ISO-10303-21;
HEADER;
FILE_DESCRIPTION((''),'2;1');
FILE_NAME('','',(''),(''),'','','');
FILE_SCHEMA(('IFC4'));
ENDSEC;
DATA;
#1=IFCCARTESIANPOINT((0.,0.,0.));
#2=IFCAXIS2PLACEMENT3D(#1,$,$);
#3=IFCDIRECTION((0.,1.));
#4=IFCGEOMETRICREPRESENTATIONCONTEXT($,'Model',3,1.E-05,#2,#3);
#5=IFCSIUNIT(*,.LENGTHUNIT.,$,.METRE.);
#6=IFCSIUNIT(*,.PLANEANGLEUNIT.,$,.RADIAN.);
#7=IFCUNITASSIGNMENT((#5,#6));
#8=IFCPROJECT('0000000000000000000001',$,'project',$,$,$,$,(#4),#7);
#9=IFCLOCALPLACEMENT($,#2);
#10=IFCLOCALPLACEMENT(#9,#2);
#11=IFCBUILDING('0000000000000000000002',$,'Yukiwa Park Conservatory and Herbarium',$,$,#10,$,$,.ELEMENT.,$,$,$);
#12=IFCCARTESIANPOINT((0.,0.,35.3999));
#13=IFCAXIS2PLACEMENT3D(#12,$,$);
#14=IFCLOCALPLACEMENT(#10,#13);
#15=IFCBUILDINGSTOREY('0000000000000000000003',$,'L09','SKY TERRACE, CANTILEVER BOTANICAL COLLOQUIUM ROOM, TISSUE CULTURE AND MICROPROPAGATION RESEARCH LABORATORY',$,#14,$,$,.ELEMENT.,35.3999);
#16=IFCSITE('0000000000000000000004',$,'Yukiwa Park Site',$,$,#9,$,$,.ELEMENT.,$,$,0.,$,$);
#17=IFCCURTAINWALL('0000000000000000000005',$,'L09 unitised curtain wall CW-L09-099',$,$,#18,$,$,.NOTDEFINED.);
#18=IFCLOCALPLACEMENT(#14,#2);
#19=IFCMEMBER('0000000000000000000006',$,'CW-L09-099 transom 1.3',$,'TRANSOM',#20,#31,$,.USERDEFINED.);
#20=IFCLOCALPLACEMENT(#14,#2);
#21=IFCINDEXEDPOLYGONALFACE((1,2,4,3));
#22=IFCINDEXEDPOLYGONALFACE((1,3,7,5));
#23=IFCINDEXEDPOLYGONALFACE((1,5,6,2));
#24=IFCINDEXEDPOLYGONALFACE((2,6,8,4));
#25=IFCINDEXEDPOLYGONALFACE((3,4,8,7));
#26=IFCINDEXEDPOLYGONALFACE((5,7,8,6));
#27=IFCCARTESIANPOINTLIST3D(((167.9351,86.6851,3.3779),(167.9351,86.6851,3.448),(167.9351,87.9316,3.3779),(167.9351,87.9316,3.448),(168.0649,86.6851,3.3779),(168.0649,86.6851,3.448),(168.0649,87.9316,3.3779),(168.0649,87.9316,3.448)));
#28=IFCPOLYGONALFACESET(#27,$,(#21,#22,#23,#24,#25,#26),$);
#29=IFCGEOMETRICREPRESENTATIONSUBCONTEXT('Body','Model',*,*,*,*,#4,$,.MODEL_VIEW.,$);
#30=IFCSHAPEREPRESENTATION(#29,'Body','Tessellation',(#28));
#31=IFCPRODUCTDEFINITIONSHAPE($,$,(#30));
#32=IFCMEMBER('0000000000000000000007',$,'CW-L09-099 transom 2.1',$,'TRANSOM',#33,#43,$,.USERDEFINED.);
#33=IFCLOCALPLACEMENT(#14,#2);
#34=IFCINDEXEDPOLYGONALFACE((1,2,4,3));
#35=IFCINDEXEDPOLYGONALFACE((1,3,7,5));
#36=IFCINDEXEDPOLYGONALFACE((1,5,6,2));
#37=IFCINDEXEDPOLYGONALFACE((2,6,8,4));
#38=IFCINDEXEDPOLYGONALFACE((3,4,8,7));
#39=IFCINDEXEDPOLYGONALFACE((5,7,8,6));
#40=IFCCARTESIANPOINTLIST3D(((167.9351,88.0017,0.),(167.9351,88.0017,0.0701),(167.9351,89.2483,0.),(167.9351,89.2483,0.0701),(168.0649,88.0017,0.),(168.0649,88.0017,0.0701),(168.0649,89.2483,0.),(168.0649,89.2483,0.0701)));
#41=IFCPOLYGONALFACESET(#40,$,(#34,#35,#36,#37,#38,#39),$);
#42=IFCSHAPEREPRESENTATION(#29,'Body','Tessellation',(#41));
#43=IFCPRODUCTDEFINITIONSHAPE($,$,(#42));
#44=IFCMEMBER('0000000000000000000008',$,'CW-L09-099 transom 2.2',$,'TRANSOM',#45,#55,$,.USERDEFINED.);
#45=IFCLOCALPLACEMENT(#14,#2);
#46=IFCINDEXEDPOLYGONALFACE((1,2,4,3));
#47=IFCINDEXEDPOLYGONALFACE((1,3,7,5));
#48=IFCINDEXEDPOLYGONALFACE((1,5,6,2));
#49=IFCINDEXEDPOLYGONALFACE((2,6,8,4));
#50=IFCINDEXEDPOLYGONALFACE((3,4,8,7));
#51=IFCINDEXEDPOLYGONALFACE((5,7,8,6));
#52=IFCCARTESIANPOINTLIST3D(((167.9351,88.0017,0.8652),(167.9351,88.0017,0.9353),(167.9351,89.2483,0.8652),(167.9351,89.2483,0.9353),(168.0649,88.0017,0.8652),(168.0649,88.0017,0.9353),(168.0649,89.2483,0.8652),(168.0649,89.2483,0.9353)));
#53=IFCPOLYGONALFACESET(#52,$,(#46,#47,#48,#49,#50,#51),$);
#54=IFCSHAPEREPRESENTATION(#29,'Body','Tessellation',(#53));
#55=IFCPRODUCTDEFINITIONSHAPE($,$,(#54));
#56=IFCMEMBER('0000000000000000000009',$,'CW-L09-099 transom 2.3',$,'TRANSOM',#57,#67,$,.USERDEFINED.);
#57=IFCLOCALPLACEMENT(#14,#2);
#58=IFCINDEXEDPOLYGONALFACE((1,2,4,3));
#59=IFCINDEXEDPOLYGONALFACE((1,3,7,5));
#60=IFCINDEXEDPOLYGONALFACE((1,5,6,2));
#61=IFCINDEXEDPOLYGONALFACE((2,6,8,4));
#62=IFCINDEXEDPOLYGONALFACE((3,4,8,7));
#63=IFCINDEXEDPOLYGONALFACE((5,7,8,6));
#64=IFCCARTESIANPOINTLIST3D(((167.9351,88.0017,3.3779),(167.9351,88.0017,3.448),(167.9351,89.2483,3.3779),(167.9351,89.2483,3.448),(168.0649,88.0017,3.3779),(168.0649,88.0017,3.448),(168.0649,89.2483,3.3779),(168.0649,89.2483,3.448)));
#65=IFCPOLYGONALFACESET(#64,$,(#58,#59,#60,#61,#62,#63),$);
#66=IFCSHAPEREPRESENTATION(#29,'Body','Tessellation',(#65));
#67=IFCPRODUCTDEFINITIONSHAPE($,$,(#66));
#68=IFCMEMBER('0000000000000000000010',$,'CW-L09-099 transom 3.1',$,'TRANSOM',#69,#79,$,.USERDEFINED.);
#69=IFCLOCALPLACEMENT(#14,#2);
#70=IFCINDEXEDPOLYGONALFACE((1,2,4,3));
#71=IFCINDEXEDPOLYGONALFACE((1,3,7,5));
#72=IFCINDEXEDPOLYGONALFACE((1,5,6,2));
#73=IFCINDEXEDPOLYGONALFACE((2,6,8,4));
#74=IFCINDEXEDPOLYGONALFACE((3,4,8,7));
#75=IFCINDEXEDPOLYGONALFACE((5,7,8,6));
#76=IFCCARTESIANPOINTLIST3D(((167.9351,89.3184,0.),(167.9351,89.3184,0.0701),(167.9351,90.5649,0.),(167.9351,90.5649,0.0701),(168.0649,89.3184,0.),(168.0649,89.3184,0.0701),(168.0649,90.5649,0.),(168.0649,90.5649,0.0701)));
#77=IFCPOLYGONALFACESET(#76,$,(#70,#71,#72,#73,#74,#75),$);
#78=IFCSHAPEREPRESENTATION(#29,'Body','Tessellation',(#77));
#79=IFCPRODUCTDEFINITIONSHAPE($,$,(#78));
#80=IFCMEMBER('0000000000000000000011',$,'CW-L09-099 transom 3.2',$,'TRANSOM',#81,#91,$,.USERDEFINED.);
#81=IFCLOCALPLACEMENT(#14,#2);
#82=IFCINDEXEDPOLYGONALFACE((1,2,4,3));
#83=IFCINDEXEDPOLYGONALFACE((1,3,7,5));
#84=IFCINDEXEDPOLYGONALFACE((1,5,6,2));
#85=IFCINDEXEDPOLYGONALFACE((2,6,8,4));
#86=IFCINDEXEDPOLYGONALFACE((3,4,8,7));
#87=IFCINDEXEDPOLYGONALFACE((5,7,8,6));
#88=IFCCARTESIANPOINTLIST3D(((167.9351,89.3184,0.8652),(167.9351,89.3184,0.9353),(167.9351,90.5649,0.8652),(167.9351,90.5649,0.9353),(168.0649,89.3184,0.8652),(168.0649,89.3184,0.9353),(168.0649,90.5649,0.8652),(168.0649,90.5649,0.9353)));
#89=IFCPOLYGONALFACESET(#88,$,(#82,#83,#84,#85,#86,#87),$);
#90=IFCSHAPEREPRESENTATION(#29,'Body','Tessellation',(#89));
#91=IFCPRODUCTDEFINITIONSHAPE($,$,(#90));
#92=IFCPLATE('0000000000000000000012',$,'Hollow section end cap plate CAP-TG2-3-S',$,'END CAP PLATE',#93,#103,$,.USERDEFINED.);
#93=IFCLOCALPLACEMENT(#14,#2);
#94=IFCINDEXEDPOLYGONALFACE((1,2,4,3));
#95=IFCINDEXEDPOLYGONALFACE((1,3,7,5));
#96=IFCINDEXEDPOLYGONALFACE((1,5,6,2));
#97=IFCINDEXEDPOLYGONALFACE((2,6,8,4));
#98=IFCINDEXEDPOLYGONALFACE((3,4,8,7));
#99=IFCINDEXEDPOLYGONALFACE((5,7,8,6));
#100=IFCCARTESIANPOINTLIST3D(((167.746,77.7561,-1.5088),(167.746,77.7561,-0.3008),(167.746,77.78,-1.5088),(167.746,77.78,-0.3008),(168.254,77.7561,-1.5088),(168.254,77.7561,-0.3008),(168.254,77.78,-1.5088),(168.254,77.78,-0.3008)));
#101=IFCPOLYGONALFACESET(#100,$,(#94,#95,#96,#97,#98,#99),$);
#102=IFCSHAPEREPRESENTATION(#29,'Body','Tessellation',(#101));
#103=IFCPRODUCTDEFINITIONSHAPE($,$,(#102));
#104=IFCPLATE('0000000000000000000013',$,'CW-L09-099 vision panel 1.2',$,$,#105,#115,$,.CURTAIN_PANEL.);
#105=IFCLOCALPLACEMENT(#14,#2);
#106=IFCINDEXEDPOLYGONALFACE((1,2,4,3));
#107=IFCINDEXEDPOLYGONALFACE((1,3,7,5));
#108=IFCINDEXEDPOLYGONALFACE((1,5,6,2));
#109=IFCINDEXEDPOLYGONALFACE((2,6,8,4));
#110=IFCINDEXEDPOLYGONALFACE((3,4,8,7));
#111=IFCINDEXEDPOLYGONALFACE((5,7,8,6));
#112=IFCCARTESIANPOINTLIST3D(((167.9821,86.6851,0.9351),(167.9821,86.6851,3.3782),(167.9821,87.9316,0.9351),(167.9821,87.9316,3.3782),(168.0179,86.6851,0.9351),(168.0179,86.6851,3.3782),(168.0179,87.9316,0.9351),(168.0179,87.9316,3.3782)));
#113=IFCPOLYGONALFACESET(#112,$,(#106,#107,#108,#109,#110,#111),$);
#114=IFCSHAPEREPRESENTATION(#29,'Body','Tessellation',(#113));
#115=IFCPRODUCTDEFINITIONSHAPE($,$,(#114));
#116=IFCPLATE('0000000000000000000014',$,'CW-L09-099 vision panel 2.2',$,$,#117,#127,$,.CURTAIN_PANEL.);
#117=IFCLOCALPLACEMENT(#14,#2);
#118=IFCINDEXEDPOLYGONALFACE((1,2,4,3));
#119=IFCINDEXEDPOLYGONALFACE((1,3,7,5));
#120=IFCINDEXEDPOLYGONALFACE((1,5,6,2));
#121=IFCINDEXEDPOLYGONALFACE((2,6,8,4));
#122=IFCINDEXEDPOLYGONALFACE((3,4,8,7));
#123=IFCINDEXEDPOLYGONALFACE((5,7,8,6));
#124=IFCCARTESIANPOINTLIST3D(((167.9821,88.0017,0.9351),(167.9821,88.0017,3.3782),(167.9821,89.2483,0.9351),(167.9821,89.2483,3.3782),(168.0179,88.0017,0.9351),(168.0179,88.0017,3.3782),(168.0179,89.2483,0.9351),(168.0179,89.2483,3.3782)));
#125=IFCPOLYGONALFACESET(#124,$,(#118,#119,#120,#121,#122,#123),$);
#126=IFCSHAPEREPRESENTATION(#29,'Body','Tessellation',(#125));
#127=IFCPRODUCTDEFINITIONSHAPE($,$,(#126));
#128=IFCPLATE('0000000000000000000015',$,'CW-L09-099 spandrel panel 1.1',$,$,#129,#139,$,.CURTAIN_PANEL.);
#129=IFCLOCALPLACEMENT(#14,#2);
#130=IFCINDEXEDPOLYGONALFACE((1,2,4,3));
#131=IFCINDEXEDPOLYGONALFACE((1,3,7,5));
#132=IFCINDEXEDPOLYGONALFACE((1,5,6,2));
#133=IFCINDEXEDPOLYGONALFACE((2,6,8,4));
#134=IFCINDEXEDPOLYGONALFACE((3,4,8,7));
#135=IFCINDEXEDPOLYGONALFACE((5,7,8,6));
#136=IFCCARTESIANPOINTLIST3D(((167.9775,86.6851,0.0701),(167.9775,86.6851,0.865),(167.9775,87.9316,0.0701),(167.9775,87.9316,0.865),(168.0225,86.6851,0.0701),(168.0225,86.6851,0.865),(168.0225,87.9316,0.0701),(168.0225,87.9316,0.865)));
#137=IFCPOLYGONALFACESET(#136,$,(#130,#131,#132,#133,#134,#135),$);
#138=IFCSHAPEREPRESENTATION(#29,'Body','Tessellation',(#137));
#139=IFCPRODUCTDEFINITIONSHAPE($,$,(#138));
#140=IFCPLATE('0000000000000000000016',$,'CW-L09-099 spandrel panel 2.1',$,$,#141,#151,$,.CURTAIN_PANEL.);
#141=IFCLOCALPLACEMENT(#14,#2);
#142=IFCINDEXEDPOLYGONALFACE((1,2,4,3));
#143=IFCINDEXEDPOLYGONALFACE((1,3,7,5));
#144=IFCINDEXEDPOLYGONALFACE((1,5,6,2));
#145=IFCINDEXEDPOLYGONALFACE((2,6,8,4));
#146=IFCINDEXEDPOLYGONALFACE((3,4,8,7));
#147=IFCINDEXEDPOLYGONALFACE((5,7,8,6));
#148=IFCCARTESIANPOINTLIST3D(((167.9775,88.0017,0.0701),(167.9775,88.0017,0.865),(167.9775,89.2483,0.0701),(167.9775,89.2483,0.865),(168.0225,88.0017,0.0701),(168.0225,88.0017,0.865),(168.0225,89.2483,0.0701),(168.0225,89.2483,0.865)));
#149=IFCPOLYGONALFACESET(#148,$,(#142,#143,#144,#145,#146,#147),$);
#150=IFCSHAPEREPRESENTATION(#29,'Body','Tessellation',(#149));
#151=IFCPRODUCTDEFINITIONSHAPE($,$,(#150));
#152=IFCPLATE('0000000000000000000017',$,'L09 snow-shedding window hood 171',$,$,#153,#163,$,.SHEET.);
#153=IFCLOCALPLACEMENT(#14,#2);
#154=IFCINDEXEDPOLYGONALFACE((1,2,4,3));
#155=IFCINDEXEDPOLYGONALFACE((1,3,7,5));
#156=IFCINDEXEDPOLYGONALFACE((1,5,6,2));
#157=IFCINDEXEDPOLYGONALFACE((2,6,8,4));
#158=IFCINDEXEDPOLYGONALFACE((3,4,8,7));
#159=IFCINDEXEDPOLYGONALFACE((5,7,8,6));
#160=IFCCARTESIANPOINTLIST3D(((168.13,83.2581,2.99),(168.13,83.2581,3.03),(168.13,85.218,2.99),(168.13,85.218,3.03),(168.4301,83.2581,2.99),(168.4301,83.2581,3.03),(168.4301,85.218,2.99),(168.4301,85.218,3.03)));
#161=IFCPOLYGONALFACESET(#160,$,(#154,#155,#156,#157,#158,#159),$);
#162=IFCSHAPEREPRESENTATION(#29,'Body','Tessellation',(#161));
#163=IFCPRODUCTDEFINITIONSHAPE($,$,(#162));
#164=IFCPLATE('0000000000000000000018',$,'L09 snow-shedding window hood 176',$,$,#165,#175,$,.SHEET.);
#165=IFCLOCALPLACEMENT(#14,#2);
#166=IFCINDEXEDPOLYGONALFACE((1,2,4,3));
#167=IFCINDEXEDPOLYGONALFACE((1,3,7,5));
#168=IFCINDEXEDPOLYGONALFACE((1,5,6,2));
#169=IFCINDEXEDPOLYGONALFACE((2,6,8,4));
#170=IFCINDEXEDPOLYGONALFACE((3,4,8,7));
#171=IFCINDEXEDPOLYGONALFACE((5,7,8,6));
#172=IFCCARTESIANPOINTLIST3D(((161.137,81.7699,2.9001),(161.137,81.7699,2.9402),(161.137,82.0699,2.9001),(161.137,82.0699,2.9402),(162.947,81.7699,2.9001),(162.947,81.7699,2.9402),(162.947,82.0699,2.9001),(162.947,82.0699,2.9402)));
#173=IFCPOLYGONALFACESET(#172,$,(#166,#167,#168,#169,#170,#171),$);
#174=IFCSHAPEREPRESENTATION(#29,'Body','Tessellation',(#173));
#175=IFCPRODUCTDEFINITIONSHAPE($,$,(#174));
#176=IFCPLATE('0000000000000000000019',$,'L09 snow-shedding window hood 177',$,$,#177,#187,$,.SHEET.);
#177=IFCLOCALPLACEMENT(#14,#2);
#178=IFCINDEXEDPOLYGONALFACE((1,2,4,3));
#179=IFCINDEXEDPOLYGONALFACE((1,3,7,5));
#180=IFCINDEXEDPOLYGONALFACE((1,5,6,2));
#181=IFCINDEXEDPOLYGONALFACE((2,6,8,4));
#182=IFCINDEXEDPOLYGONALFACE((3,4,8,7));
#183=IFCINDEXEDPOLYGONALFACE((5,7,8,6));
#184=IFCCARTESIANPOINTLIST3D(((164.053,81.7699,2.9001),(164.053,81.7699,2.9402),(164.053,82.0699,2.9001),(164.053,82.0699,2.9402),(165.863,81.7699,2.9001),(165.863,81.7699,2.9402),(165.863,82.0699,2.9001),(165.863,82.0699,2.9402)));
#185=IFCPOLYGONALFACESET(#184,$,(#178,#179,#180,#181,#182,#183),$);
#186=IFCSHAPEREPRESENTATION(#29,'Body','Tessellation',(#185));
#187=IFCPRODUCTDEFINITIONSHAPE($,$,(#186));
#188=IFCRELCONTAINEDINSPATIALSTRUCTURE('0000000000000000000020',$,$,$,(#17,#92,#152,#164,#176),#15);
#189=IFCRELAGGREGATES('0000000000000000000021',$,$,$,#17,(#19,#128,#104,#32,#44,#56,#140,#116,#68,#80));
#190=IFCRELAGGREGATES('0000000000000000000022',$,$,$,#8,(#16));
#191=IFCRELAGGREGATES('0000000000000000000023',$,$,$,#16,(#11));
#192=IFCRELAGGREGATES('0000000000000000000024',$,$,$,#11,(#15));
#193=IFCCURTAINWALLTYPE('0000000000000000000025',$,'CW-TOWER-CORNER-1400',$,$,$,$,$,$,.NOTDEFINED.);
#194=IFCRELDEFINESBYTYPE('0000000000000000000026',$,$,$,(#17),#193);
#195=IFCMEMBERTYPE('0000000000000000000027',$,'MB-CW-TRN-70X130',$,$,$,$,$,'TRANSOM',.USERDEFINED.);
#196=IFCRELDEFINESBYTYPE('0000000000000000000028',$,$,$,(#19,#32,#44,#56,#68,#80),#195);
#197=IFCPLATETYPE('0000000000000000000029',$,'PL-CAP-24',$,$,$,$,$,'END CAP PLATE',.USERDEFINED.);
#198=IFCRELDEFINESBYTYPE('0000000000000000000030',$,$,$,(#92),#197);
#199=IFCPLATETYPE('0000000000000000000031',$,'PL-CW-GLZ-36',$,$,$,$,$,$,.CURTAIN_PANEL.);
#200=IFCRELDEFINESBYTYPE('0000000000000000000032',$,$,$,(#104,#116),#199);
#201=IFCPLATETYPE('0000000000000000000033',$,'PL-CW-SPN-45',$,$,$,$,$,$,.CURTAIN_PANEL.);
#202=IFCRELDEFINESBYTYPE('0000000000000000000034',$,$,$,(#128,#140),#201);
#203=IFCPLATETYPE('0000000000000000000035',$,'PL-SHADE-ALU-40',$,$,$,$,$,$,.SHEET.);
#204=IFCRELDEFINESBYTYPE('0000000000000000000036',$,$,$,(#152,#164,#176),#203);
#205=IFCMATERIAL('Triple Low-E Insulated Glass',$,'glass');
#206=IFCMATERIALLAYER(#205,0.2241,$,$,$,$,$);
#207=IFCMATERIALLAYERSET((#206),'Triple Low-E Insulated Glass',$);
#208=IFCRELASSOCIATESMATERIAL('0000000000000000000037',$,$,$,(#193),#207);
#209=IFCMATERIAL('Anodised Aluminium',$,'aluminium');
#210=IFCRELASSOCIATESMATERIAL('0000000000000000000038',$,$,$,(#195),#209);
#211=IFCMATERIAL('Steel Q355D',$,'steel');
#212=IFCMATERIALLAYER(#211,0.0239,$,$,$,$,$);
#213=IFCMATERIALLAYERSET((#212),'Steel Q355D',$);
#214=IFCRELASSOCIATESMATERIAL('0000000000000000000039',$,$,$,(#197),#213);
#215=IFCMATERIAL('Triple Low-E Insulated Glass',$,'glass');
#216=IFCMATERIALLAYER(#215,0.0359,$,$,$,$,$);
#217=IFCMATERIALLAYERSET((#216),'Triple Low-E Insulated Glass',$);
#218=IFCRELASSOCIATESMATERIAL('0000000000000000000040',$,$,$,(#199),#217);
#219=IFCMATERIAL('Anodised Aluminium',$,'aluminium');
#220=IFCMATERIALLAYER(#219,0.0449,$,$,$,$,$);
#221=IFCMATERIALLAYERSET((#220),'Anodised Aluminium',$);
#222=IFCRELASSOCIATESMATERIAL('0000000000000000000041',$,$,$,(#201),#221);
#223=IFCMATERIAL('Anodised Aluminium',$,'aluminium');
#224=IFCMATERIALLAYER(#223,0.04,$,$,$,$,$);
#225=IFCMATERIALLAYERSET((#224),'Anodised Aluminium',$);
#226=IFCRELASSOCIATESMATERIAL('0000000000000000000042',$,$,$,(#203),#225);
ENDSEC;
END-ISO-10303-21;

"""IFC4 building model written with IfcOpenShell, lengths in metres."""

from ifc_helpers import new_model, si_unit, direction, frame, origin, origin_2d, place, context, subcontext, project, spatial, rectangle, extrude, material, layer, layer_set, type_object, element, aggregate, save


model = new_model("IFC4")

# Units and contexts
model_context = context("Model", 3, precision=1e-05, world=origin(), true_north=direction((0.0, 1.0)))
body_context = subcontext(model_context, "Body", "Model", "MODEL_VIEW")
ifc_project = project(units=[si_unit("LENGTHUNIT", "METRE"), si_unit("PLANEANGLEUNIT", "RADIAN")], contexts=[model_context])

# Site, building, storey
site_placement = place(None, origin())
site = spatial("IfcSite", under=ifc_project, at=site_placement, Name="Yukiwa Park Site", CompositionType="ELEMENT", RefElevation=0.0)
building_placement = place(site_placement, origin())
building = spatial("IfcBuilding", under=site, at=building_placement, Name="Yukiwa Park Conservatory and Herbarium", CompositionType="ELEMENT")
storey_placement = place(building_placement, frame((0.0, 0.0, 35.3999)))
storey = spatial("IfcBuildingStorey", under=building, at=storey_placement, Name="L09", Description="SKY TERRACE, CANTILEVER BOTANICAL COLLOQUIUM ROOM, TISSUE CULTURE AND MICROPROPAGATION RESEARCH LABORATORY", CompositionType="ELEMENT", Elevation=35.3999)

# Curtain wall, members
ifc_material_1 = material(Name="Triple Low-E Insulated Glass", Category="glass")
ifc_layer_1 = layer(ifc_material_1, 0.2241)
ifc_layer_set_1 = layer_set([ifc_layer_1], Name="Triple Low-E Insulated Glass")
curtain_wall_type = type_object("IfcCurtainWallType", Name="CW-TOWER-CORNER-1400", PredefinedType="NOTDEFINED", material=ifc_layer_set_1)
curtain_wall_placement = place(storey_placement, origin())
curtain_wall = element("IfcCurtainWall", 1, at=curtain_wall_placement, inside=storey, type_object=curtain_wall_type, Name="L09 unitised curtain wall CW-L09-099", PredefinedType="NOTDEFINED")
ifc_material_2 = material(Name="Anodised Aluminium", Category="aluminium")
member_type_1 = type_object("IfcMemberType", Name="MB-CW-TRN-70X130", ElementType="TRANSOM", PredefinedType="USERDEFINED", material=ifc_material_2)
member_1_placement = place(storey_placement, frame((168.0, 87.3083, 3.3779), z_axis=(0.0, 0.0, 1.0), x_axis=(0.0, 1.0, 0.0)))
member_1 = element("IfcMember", 2, at=member_1_placement, type_object=member_type_1, Name="CW-L09-099 transom 1.3", ObjectType="TRANSOM", PredefinedType="USERDEFINED", context=body_context, shape_type="SweptSolid", body=[
    extrude(rectangle(XDim=1.2466, YDim=0.1299, at=origin_2d()), origin(), (0.0, 0.0, 1.0), 0.0701),
])
member_2_placement = place(storey_placement, frame((168.0, 88.625, 0.0), z_axis=(0.0, 0.0, 1.0), x_axis=(0.0, 1.0, 0.0)))
member_2 = element("IfcMember", 3, at=member_2_placement, type_object=member_type_1, Name="CW-L09-099 transom 2.1", ObjectType="TRANSOM", PredefinedType="USERDEFINED", context=body_context, shape_type="SweptSolid", body=[
    extrude(rectangle(XDim=1.2466, YDim=0.1299, at=origin_2d()), origin(), (0.0, 0.0, 1.0), 0.0701),
])
member_3_placement = place(storey_placement, frame((168.0, 88.625, 0.8652), z_axis=(0.0, 0.0, 1.0), x_axis=(0.0, 1.0, 0.0)))
member_3 = element("IfcMember", 4, at=member_3_placement, type_object=member_type_1, Name="CW-L09-099 transom 2.2", ObjectType="TRANSOM", PredefinedType="USERDEFINED", context=body_context, shape_type="SweptSolid", body=[
    extrude(rectangle(XDim=1.2466, YDim=0.1299, at=origin_2d()), origin(), (0.0, 0.0, 1.0), 0.0701),
])
member_4_placement = place(storey_placement, frame((168.0, 88.625, 3.3779), z_axis=(0.0, 0.0, 1.0), x_axis=(0.0, 1.0, 0.0)))
member_4 = element("IfcMember", 5, at=member_4_placement, type_object=member_type_1, Name="CW-L09-099 transom 2.3", ObjectType="TRANSOM", PredefinedType="USERDEFINED", context=body_context, shape_type="SweptSolid", body=[
    extrude(rectangle(XDim=1.2466, YDim=0.1299, at=origin_2d()), origin(), (0.0, 0.0, 1.0), 0.0701),
])
member_5_placement = place(storey_placement, frame((168.0, 89.9417, 0.0), z_axis=(0.0, 0.0, 1.0), x_axis=(0.0, 1.0, 0.0)))
member_5 = element("IfcMember", 6, at=member_5_placement, type_object=member_type_1, Name="CW-L09-099 transom 3.1", ObjectType="TRANSOM", PredefinedType="USERDEFINED", context=body_context, shape_type="SweptSolid", body=[
    extrude(rectangle(XDim=1.2466, YDim=0.1299, at=origin_2d()), origin(), (0.0, 0.0, 1.0), 0.0701),
])
member_6_placement = place(storey_placement, frame((168.0, 89.9417, 0.8652), z_axis=(0.0, 0.0, 1.0), x_axis=(0.0, 1.0, 0.0)))
member_6 = element("IfcMember", 7, at=member_6_placement, type_object=member_type_1, Name="CW-L09-099 transom 3.2", ObjectType="TRANSOM", PredefinedType="USERDEFINED", context=body_context, shape_type="SweptSolid", body=[
    extrude(rectangle(XDim=1.2466, YDim=0.1299, at=origin_2d()), origin(), (0.0, 0.0, 1.0), 0.0701),
])

# Plates
ifc_material_3 = material(Name="Steel Q355D", Category="steel")
ifc_layer_2 = layer(ifc_material_3, 0.0239)
ifc_layer_set_2 = layer_set([ifc_layer_2], Name="Steel Q355D")
plate_type_1 = type_object("IfcPlateType", Name="PL-CAP-24", ElementType="END CAP PLATE", PredefinedType="USERDEFINED", material=ifc_layer_set_2)
plate_1_placement = place(storey_placement, frame((168.0, 77.78, -0.9048), z_axis=(0.0, -1.0, 0.0), x_axis=(1.0, 0.0, 0.0)))
element("IfcPlate", 8, at=plate_1_placement, inside=storey, type_object=plate_type_1, Name="Hollow section end cap plate CAP-TG2-3-S", ObjectType="END CAP PLATE", PredefinedType="USERDEFINED", context=body_context, shape_type="SweptSolid", body=[
    extrude(rectangle(XDim=0.5081, YDim=1.208, at=origin_2d()), origin(), (0.0, 0.0, 1.0), 0.0239),
])
ifc_material_4 = material(Name="Triple Low-E Insulated Glass", Category="glass")
ifc_layer_3 = layer(ifc_material_4, 0.0359)
ifc_layer_set_3 = layer_set([ifc_layer_3], Name="Triple Low-E Insulated Glass")
plate_type_2 = type_object("IfcPlateType", Name="PL-CW-GLZ-36", PredefinedType="CURTAIN_PANEL", material=ifc_layer_set_3)
plate_2_placement = place(storey_placement, frame((168.0, 87.3083, 0.9351), z_axis=(0.0, 0.0, 1.0), x_axis=(0.0, 1.0, 0.0)))
plate_2 = element("IfcPlate", 9, at=plate_2_placement, type_object=plate_type_2, Name="CW-L09-099 vision panel 1.2", PredefinedType="CURTAIN_PANEL", context=body_context, shape_type="SweptSolid", body=[
    extrude(rectangle(XDim=1.2466, YDim=0.0359, at=origin_2d()), origin(), (0.0, 0.0, 1.0), 2.4431),
])
plate_3_placement = place(storey_placement, frame((168.0, 88.625, 0.9351), z_axis=(0.0, 0.0, 1.0), x_axis=(0.0, 1.0, 0.0)))
plate_3 = element("IfcPlate", 10, at=plate_3_placement, type_object=plate_type_2, Name="CW-L09-099 vision panel 2.2", PredefinedType="CURTAIN_PANEL", context=body_context, shape_type="SweptSolid", body=[
    extrude(rectangle(XDim=1.2466, YDim=0.0359, at=origin_2d()), origin(), (0.0, 0.0, 1.0), 2.4431),
])
ifc_material_5 = material(Name="Anodised Aluminium", Category="aluminium")
ifc_layer_4 = layer(ifc_material_5, 0.0449)
ifc_layer_set_4 = layer_set([ifc_layer_4], Name="Anodised Aluminium")
plate_type_3 = type_object("IfcPlateType", Name="PL-CW-SPN-45", PredefinedType="CURTAIN_PANEL", material=ifc_layer_set_4)
plate_4_placement = place(storey_placement, frame((168.0, 87.3083, 0.0701), z_axis=(0.0, 0.0, 1.0), x_axis=(0.0, 1.0, 0.0)))
plate_4 = element("IfcPlate", 11, at=plate_4_placement, type_object=plate_type_3, Name="CW-L09-099 spandrel panel 1.1", PredefinedType="CURTAIN_PANEL", context=body_context, shape_type="SweptSolid", body=[
    extrude(rectangle(XDim=1.2466, YDim=0.0449, at=origin_2d()), origin(), (0.0, 0.0, 1.0), 0.7949),
])
plate_5_placement = place(storey_placement, frame((168.0, 88.625, 0.0701), z_axis=(0.0, 0.0, 1.0), x_axis=(0.0, 1.0, 0.0)))
plate_5 = element("IfcPlate", 12, at=plate_5_placement, type_object=plate_type_3, Name="CW-L09-099 spandrel panel 2.1", PredefinedType="CURTAIN_PANEL", context=body_context, shape_type="SweptSolid", body=[
    extrude(rectangle(XDim=1.2466, YDim=0.0449, at=origin_2d()), origin(), (0.0, 0.0, 1.0), 0.7949),
])
aggregate(curtain_wall, [member_1, plate_4, plate_2, member_2, member_3, member_4, plate_5, plate_3, member_5, member_6])

# Plates
ifc_material_6 = material(Name="Anodised Aluminium", Category="aluminium")
ifc_layer_5 = layer(ifc_material_6, 0.04)
ifc_layer_set_5 = layer_set([ifc_layer_5], Name="Anodised Aluminium")
plate_type_4 = type_object("IfcPlateType", Name="PL-SHADE-ALU-40", PredefinedType="SHEET", material=ifc_layer_set_5)
plate_6_placement = place(storey_placement, frame((168.28, 84.238, 2.99), z_axis=(0.0, 0.0, 1.0), x_axis=(0.0, 1.0, 0.0)))
element("IfcPlate", 13, at=plate_6_placement, inside=storey, type_object=plate_type_4, Name="L09 snow-shedding window hood 171", PredefinedType="SHEET", context=body_context, shape_type="SweptSolid", body=[
    extrude(rectangle(XDim=1.96, YDim=0.3, at=origin_2d()), origin(), (0.0, 0.0, 1.0), 0.04),
])
for number, where, z_axis, x_axis, name in (
    (14, (162.042, 81.9199, 2.9001), (0.0, 0.0, 1.0), (1.0, 0.0, 0.0), "L09 snow-shedding window hood 176"),
    (15, (164.958, 81.9199, 2.9001), (0.0, 0.0, 1.0), (1.0, 0.0, 0.0), "L09 snow-shedding window hood 177"),
):
    element("IfcPlate", number, at=place(storey_placement, frame(where, z_axis=z_axis, x_axis=x_axis)), inside=storey, type_object=plate_type_4, Name=name, PredefinedType="SHEET", context=body_context, shape_type="SweptSolid", body=[
        extrude(rectangle(XDim=1.8101, YDim=0.3, at=origin_2d()), origin(), (0.0, 0.0, 1.0), 0.04),
    ])

save(model, "model.ifc")
